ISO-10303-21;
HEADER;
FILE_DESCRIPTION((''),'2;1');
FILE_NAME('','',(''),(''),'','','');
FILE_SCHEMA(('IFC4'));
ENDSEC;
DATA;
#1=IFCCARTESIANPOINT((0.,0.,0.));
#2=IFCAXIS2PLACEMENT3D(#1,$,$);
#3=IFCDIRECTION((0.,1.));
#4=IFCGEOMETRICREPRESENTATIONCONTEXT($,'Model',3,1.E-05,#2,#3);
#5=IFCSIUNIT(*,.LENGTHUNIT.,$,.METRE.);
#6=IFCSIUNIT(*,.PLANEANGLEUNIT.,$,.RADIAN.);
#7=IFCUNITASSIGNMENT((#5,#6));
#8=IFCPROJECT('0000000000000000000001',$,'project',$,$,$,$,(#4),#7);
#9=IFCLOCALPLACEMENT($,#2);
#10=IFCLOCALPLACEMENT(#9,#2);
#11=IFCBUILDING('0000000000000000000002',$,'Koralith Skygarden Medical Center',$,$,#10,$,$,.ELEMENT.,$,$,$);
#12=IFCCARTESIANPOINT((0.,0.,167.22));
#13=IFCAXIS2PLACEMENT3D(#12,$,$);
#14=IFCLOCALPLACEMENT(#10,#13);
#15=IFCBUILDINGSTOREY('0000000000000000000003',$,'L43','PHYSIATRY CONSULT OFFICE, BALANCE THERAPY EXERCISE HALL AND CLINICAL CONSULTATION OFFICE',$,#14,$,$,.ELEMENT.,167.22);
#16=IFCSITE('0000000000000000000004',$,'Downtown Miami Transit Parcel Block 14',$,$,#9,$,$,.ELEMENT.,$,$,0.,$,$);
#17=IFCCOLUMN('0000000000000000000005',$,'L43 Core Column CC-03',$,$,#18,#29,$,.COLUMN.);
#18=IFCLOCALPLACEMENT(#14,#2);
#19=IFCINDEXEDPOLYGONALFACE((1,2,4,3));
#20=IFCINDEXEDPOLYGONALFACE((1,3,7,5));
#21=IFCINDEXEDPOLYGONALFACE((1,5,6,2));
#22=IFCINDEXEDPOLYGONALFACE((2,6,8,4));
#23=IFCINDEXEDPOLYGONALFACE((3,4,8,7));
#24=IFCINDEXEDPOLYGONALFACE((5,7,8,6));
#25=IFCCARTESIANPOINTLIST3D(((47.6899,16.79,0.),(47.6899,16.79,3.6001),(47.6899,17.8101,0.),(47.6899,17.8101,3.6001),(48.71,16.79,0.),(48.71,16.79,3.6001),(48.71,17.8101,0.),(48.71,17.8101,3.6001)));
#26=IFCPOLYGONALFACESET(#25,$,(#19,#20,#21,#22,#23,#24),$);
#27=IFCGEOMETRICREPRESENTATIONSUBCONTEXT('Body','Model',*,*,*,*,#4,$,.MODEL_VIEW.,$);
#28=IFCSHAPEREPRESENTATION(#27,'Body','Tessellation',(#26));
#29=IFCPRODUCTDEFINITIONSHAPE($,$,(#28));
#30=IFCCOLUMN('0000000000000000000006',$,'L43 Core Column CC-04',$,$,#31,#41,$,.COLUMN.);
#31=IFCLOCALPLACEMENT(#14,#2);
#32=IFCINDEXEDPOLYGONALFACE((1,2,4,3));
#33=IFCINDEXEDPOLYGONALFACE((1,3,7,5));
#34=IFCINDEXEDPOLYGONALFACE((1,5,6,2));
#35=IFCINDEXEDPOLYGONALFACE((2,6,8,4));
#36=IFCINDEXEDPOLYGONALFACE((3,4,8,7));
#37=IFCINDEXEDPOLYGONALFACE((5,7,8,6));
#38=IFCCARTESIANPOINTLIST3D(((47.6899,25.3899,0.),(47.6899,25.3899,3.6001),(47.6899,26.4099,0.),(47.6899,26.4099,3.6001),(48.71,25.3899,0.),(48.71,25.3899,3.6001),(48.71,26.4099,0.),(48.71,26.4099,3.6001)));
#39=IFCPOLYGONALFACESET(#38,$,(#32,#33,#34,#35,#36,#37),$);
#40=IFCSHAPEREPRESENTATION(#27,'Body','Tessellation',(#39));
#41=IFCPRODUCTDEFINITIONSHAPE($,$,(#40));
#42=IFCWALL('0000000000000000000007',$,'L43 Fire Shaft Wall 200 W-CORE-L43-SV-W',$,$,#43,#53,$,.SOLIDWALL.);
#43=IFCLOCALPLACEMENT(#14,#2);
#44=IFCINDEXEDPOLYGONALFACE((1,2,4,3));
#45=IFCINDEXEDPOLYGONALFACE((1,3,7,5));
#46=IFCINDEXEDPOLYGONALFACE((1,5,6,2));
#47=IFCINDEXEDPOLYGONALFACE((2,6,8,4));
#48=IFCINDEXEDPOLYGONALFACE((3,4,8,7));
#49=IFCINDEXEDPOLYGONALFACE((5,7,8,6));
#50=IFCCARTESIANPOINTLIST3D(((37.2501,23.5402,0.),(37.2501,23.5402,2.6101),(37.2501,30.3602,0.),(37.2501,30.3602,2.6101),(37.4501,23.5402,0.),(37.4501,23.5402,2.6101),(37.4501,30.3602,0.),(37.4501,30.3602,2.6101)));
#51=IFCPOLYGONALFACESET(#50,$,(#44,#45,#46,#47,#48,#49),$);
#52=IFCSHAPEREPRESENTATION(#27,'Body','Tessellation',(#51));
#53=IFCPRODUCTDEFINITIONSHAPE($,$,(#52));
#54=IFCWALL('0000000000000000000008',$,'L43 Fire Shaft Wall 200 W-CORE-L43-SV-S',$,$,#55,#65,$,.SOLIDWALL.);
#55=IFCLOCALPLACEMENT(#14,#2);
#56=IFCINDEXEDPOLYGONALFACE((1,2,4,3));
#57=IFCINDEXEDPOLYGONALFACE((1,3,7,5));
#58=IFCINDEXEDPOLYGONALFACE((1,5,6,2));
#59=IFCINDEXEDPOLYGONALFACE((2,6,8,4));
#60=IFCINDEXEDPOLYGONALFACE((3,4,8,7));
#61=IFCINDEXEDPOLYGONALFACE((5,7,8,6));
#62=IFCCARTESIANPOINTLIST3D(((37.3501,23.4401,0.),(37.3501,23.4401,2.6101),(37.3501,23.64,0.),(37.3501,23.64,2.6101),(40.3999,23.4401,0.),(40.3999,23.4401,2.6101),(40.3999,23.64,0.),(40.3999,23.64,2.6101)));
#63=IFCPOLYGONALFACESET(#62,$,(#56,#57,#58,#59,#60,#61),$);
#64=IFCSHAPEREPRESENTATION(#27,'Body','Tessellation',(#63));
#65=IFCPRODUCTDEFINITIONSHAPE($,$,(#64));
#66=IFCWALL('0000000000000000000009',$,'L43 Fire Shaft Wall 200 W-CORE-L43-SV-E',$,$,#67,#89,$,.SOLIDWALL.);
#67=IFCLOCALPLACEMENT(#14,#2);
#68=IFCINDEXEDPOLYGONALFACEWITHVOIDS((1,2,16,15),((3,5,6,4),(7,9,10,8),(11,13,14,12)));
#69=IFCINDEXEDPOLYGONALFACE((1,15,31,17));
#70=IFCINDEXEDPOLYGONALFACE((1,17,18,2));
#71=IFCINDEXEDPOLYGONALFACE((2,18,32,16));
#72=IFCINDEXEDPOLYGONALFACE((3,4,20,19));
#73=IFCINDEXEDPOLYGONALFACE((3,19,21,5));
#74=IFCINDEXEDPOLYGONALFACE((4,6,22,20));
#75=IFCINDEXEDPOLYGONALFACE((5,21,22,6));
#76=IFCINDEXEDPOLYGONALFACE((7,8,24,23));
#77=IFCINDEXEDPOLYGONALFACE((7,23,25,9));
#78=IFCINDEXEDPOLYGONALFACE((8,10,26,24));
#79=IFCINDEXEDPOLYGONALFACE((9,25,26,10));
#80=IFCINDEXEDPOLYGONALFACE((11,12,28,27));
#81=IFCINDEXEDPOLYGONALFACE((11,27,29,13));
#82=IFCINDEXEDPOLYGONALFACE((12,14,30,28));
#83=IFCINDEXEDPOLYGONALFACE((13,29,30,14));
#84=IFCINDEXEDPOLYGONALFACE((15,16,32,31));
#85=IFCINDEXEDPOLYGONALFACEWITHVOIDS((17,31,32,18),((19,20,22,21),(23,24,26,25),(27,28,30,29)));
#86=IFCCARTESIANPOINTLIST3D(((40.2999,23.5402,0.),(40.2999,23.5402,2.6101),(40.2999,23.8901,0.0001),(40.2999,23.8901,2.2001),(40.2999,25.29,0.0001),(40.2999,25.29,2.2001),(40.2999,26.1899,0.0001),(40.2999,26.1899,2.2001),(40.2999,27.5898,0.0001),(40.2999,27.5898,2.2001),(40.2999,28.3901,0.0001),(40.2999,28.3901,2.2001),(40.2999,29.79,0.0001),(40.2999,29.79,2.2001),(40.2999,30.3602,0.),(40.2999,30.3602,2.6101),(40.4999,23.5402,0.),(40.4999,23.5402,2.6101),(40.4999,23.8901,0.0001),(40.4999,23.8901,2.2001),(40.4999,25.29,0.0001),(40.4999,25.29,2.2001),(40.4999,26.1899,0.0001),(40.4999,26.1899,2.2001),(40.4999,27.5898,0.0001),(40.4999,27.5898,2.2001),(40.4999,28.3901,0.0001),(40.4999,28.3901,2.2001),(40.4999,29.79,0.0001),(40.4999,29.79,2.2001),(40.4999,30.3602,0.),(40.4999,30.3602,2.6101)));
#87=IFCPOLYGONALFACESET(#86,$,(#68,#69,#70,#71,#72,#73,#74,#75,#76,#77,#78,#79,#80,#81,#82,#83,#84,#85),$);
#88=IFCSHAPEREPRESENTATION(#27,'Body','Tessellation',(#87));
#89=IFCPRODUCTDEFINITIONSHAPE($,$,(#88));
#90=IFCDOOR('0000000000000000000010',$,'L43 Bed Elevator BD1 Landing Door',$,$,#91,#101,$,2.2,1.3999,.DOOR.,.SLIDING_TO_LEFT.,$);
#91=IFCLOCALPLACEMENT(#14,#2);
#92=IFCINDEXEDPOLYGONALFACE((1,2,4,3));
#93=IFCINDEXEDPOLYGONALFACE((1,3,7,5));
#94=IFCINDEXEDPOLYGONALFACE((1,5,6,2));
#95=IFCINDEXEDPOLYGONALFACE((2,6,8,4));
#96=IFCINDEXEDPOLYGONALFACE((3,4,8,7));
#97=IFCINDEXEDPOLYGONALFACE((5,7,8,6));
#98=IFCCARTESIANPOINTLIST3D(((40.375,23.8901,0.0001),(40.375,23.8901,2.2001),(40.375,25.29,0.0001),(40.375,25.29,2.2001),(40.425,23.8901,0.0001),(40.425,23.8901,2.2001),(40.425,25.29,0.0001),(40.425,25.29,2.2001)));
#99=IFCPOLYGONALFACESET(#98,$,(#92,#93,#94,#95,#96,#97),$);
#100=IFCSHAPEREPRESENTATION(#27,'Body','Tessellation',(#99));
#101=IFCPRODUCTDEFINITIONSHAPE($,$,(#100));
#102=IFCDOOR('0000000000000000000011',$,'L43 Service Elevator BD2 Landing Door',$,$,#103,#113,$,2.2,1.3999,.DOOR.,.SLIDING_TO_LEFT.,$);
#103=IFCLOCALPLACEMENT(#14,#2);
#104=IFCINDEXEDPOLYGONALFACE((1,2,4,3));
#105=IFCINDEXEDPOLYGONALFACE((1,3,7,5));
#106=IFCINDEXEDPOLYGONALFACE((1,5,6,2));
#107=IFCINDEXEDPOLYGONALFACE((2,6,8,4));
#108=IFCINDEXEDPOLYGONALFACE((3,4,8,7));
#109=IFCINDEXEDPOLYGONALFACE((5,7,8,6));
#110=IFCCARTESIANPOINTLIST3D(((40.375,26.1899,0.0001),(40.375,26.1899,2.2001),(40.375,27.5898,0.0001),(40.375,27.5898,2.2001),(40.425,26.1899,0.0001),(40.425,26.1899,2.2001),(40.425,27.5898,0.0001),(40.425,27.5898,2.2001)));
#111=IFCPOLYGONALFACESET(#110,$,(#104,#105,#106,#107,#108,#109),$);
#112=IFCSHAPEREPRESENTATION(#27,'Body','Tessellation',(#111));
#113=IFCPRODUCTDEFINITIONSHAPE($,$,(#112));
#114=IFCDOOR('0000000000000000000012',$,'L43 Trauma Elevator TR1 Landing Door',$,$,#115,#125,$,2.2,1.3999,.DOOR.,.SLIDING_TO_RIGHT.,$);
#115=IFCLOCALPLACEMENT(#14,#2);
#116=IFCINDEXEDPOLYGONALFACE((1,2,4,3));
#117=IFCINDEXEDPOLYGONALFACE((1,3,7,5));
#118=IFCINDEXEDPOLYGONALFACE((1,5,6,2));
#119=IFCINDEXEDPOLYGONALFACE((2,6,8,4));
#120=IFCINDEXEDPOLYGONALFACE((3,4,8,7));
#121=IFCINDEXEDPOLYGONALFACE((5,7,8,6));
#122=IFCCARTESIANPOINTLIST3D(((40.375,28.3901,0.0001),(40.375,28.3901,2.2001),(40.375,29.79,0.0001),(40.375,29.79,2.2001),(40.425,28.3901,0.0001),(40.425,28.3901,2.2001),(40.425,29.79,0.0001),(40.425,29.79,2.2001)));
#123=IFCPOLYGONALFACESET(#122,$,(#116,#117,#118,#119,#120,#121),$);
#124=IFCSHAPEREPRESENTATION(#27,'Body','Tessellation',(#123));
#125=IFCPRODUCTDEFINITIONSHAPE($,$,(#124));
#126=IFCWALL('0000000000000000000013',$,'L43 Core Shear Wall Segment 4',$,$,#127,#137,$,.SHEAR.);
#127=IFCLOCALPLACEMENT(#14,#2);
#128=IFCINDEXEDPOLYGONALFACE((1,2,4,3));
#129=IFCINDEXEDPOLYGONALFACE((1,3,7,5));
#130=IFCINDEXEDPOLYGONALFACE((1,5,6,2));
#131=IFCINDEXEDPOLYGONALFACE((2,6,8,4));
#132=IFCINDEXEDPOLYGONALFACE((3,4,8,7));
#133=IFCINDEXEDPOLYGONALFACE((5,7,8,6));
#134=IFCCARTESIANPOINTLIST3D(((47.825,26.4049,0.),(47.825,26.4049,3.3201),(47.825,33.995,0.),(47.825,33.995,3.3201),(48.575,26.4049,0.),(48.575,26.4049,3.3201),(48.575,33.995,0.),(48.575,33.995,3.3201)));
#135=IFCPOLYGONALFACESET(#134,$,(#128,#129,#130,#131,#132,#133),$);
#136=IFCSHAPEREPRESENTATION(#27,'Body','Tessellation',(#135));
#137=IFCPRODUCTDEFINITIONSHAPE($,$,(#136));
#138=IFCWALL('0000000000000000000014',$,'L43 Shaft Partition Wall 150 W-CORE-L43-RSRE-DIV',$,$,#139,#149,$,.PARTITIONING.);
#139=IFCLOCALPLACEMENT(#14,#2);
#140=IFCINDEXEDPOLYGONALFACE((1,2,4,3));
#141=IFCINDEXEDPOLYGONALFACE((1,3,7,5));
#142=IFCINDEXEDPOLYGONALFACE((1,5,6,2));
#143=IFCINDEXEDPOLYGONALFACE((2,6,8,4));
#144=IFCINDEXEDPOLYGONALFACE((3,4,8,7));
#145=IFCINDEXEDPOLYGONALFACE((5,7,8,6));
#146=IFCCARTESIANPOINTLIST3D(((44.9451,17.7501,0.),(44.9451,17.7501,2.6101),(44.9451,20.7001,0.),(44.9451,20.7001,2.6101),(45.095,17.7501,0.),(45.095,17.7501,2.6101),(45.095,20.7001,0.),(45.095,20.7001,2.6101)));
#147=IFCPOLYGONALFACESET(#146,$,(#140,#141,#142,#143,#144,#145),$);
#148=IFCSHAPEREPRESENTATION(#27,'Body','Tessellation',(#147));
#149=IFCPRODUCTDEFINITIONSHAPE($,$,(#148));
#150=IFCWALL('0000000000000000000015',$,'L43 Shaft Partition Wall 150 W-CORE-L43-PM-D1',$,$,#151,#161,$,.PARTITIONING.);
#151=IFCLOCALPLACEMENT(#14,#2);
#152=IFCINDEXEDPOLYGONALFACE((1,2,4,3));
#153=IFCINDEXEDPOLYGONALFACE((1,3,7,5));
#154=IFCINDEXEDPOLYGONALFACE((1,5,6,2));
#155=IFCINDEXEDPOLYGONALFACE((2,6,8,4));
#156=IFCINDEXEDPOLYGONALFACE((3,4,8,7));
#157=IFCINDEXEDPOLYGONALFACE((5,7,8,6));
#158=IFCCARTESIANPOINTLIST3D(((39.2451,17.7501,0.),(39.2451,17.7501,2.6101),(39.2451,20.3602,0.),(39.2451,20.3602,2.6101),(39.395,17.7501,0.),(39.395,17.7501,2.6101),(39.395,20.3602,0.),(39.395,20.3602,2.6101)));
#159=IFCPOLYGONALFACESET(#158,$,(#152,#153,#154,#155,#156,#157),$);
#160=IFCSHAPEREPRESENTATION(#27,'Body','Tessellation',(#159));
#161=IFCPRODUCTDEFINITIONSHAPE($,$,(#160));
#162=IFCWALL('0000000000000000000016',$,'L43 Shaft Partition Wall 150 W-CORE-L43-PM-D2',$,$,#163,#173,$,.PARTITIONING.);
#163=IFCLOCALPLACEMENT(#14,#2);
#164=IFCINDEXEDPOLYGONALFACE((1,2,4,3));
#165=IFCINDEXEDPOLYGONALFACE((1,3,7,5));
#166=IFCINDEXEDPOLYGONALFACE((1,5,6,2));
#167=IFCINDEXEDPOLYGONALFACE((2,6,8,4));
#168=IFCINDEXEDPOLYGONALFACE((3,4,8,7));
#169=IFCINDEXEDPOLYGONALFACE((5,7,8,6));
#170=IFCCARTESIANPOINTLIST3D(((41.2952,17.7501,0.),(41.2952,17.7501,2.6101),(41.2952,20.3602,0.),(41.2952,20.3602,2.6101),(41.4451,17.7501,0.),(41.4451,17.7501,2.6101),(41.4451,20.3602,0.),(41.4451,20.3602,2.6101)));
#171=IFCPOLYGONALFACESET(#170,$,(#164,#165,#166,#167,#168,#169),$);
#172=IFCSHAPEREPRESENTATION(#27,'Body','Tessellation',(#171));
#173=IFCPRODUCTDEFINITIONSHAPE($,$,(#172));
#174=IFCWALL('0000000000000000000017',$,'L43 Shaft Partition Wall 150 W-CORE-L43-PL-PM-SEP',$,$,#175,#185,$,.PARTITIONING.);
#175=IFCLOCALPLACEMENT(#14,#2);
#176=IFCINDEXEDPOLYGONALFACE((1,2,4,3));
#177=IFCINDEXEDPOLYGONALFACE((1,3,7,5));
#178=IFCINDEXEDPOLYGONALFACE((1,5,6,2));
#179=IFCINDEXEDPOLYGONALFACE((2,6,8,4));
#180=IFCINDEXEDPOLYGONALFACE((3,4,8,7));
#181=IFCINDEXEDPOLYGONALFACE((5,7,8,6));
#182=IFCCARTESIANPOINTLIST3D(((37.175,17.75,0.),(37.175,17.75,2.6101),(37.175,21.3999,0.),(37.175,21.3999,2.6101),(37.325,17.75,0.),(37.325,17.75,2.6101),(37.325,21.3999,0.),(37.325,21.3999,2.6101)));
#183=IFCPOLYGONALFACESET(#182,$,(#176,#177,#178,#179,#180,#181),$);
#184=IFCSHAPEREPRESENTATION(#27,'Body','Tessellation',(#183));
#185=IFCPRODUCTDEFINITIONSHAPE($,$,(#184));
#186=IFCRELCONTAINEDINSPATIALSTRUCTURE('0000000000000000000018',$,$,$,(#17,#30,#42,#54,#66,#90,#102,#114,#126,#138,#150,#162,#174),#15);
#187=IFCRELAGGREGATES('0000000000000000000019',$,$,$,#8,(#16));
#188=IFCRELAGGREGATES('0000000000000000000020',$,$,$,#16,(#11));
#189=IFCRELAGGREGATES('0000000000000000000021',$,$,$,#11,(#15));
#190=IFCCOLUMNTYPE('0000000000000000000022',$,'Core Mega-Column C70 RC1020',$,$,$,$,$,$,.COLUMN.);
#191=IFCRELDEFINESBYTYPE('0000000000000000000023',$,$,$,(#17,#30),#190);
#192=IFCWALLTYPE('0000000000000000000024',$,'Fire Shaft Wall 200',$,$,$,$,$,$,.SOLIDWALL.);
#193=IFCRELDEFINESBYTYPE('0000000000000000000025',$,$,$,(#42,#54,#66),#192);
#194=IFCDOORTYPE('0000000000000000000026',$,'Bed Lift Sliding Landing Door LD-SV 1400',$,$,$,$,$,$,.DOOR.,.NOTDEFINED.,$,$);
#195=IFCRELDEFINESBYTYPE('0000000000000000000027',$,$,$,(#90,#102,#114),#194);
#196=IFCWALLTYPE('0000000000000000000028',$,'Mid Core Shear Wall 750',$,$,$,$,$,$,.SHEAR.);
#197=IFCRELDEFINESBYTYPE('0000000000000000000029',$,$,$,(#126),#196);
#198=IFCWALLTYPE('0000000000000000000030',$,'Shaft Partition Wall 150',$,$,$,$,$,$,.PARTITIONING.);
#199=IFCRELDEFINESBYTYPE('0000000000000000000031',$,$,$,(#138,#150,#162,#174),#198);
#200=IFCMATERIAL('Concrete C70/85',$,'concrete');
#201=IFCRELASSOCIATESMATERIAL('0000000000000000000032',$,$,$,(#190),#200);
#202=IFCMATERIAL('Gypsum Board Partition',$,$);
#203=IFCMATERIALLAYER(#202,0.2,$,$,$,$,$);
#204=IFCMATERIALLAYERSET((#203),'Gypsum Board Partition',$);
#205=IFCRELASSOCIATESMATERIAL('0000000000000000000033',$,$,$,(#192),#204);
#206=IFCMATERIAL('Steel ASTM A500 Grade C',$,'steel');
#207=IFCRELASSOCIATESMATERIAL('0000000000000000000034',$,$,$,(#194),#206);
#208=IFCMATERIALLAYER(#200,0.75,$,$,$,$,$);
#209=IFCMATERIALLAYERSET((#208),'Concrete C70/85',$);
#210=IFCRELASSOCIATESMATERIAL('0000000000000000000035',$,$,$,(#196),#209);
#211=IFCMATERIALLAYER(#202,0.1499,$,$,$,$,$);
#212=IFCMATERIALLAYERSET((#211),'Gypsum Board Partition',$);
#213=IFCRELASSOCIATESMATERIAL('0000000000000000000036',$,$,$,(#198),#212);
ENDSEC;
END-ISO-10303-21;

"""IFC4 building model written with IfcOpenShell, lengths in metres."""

from ifc_helpers import new_model, si_unit, direction, frame, frame_2d, origin, origin_2d, place, context, subcontext, project, spatial, rectangle, extrude, material, layer, layer_set, material_profile, profile_set, type_object, element, fill, save


model = new_model("IFC4")

# Units and contexts
model_context = context("Model", 3, precision=1e-05, world=origin(), true_north=direction((0.0, 1.0)))
body_context = subcontext(model_context, "Body", "Model", "MODEL_VIEW")
ifc_project = project(units=[si_unit("LENGTHUNIT", "METRE"), si_unit("PLANEANGLEUNIT", "RADIAN")], contexts=[model_context])

# Site, building, storey
site_placement = place(None, origin())
site = spatial("IfcSite", under=ifc_project, at=site_placement, Name="Downtown Miami Transit Parcel Block 14", CompositionType="ELEMENT", RefElevation=0.0)
building_placement = place(site_placement, origin())
building = spatial("IfcBuilding", under=site, at=building_placement, Name="Koralith Skygarden Medical Center", CompositionType="ELEMENT")
storey_placement = place(building_placement, frame((0.0, 0.0, 167.22)))
storey = spatial("IfcBuildingStorey", under=building, at=storey_placement, Name="L43", Description="PHYSIATRY CONSULT OFFICE, BALANCE THERAPY EXERCISE HALL AND CLINICAL CONSULTATION OFFICE", CompositionType="ELEMENT", Elevation=167.22)

# Columns
ifc_material_1 = material(Name="Concrete C70/85", Category="concrete")
ifc_material_profile = material_profile(ifc_material_1, rectangle(XDim=1.02, YDim=1.02, at=origin_2d()), Name="RC1020X1020")
ifc_profile_set = profile_set([ifc_material_profile], Name="Concrete C70/85")
column_type = type_object("IfcColumnType", Name="Core Mega-Column C70 RC1020", PredefinedType="COLUMN", material=ifc_profile_set)
for number, where, z_axis, x_axis, name in (
    (1, (48.2, 17.3, 0.0), (0.0, 0.0, 1.0), (1.0, 0.0, 0.0), "L43 Core Column CC-03"),
    (2, (48.2, 25.8999, 0.0), (0.0, 0.0, 1.0), (1.0, 0.0, 0.0), "L43 Core Column CC-04"),
):
    element("IfcColumn", number, at=place(storey_placement, frame(where, z_axis=z_axis, x_axis=x_axis)), inside=storey, type_object=column_type, Name=name, PredefinedType="COLUMN", context=body_context, shape_type="SweptSolid", body=[
        extrude(rectangle(XDim=1.02, YDim=1.02, at=origin_2d()), origin(), (0.0, 0.0, 1.0), 3.6001),
    ])

# Shared definitions
ifc_material_2 = material(Name="Gypsum Board Partition")
ifc_layer_1 = layer(ifc_material_2, 0.2)
ifc_layer_set_1 = layer_set([ifc_layer_1], Name="Gypsum Board Partition")
wall_type_1 = type_object("IfcWallType", Name="Fire Shaft Wall 200", PredefinedType="SOLIDWALL", material=ifc_layer_set_1)
ifc_material_3 = material(Name="Steel ASTM A500 Grade C", Category="steel")

# Walls
wall_1_placement = place(storey_placement, frame((37.3501, 23.54, 0.0), z_axis=(0.0, 0.0, 1.0), x_axis=(0.0, 1.0, 0.0)))
element("IfcWall", 3, at=wall_1_placement, inside=storey, type_object=wall_type_1, Name="L43 Fire Shaft Wall 200 W-CORE-L43-SV-W", PredefinedType="SOLIDWALL", context=body_context, shape_type="SweptSolid", body=[
    extrude(rectangle(XDim=6.8201, YDim=0.2, at=frame_2d((3.4102, 0.0))), origin(), (0.0, 0.0, 1.0), 2.6101),
])
wall_2_placement = place(storey_placement, frame((37.3501, 23.54, 0.0), z_axis=(0.0, 0.0, 1.0), x_axis=(1.0, 0.0, 0.0)))
element("IfcWall", 4, at=wall_2_placement, inside=storey, type_object=wall_type_1, Name="L43 Fire Shaft Wall 200 W-CORE-L43-SV-S", PredefinedType="SOLIDWALL", context=body_context, shape_type="SweptSolid", body=[
    extrude(rectangle(XDim=3.0498, YDim=0.2, at=frame_2d((1.5249, 0.0))), origin(), (0.0, 0.0, 1.0), 2.6101),
])

# Wall, openings, doors
wall_3_placement = place(storey_placement, frame((40.3999, 23.54, 0.0), z_axis=(0.0, 0.0, 1.0), x_axis=(0.0, 1.0, 0.0)))
wall_3 = element("IfcWall", 5, at=wall_3_placement, inside=storey, type_object=wall_type_1, Name="L43 Fire Shaft Wall 200 W-CORE-L43-SV-E", PredefinedType="SOLIDWALL", context=body_context, shape_type="SweptSolid", body=[
    extrude(rectangle(XDim=6.8201, YDim=0.2, at=frame_2d((3.4102, 0.0))), origin(), (0.0, 0.0, 1.0), 2.6101),
])
opening_1_placement = place(wall_3_placement, frame((0.3501, 0.0, 0.0)))
opening_1 = element("IfcOpeningElement", 6, at=opening_1_placement, cuts=wall_3, PredefinedType="OPENING", context=body_context, shape_type="SweptSolid", body=[
    extrude(rectangle(XDim=1.3999, YDim=2.2, at=frame_2d((0.7, 1.1001))), frame((0.0, 0.1099, 0.0), z_axis=(0.0, -1.0, 0.0), x_axis=(1.0, 0.0, 0.0)), (0.0, 0.0, 1.0), 0.22),
])
opening_2_placement = place(wall_3_placement, frame((2.6499, 0.0, 0.0)))
opening_2 = element("IfcOpeningElement", 7, at=opening_2_placement, cuts=wall_3, PredefinedType="OPENING", context=body_context, shape_type="SweptSolid", body=[
    extrude(rectangle(XDim=1.3999, YDim=2.2, at=frame_2d((0.7, 1.1001))), frame((0.0, 0.1099, 0.0), z_axis=(0.0, -1.0, 0.0), x_axis=(1.0, 0.0, 0.0)), (0.0, 0.0, 1.0), 0.22),
])
opening_3_placement = place(wall_3_placement, frame((4.8501, 0.0, 0.0)))
opening_3 = element("IfcOpeningElement", 8, at=opening_3_placement, cuts=wall_3, PredefinedType="OPENING", context=body_context, shape_type="SweptSolid", body=[
    extrude(rectangle(XDim=1.3999, YDim=2.2, at=frame_2d((0.7, 1.1001))), frame((0.0, 0.1099, 0.0), z_axis=(0.0, -1.0, 0.0), x_axis=(1.0, 0.0, 0.0)), (0.0, 0.0, 1.0), 0.22),
])
door_type_1 = type_object("IfcDoorType", Name="Bed Lift Sliding Landing Door LD-SV 1400", OperationType="NOTDEFINED", PredefinedType="DOOR", material=ifc_material_3)
door_1_placement = place(opening_1_placement, origin())
door_1 = element("IfcDoor", 9, at=door_1_placement, inside=storey, type_object=door_type_1, Name="L43 Bed Elevator BD1 Landing Door", OperationType="SLIDING_TO_LEFT", OverallHeight=2.2, OverallWidth=1.3999, PredefinedType="DOOR", context=body_context, shape_type="SweptSolid", body=[
    extrude(rectangle(XDim=1.3999, YDim=2.2, at=frame_2d((0.7, 1.1001))), frame((0.0, 0.0249, 0.0), z_axis=(0.0, -1.0, 0.0), x_axis=(1.0, 0.0, 0.0)), (0.0, 0.0, 1.0), 0.05),
])
fill(opening_1, door_1)
door_2_placement = place(opening_2_placement, origin())
door_2 = element("IfcDoor", 10, at=door_2_placement, inside=storey, type_object=door_type_1, Name="L43 Service Elevator BD2 Landing Door", OperationType="SLIDING_TO_LEFT", OverallHeight=2.2, OverallWidth=1.3999, PredefinedType="DOOR", context=body_context, shape_type="SweptSolid", body=[
    extrude(rectangle(XDim=1.3999, YDim=2.2, at=frame_2d((0.7, 1.1001))), frame((0.0, 0.0249, 0.0), z_axis=(0.0, -1.0, 0.0), x_axis=(1.0, 0.0, 0.0)), (0.0, 0.0, 1.0), 0.05),
])
fill(opening_2, door_2)
door_3_placement = place(opening_3_placement, origin())
door_3 = element("IfcDoor", 11, at=door_3_placement, inside=storey, type_object=door_type_1, Name="L43 Trauma Elevator TR1 Landing Door", OperationType="SLIDING_TO_RIGHT", OverallHeight=2.2, OverallWidth=1.3999, PredefinedType="DOOR", context=body_context, shape_type="SweptSolid", body=[
    extrude(rectangle(XDim=1.3999, YDim=2.2, at=frame_2d((0.7, 1.1001))), frame((0.0, 0.0249, 0.0), z_axis=(0.0, -1.0, 0.0), x_axis=(1.0, 0.0, 0.0)), (0.0, 0.0, 1.0), 0.05),
])
fill(opening_3, door_3)

# Shared definitions
ifc_layer_2 = layer(ifc_material_1, 0.75)
ifc_layer_set_2 = layer_set([ifc_layer_2], Name="Concrete C70/85")
wall_type_2 = type_object("IfcWallType", Name="Mid Core Shear Wall 750", PredefinedType="SHEAR", material=ifc_layer_set_2)

# Walls
wall_4_placement = place(storey_placement, frame((48.2, 26.405, 0.0), z_axis=(0.0, 0.0, 1.0), x_axis=(0.0, 1.0, 0.0)))
element("IfcWall", 12, at=wall_4_placement, inside=storey, type_object=wall_type_2, Name="L43 Core Shear Wall Segment 4", PredefinedType="SHEAR", context=body_context, shape_type="SweptSolid", body=[
    extrude(rectangle(XDim=7.5901, YDim=0.75, at=frame_2d((3.7949, 0.0))), origin(), (0.0, 0.0, 1.0), 3.3201),
])
ifc_layer_3 = layer(ifc_material_2, 0.1499)
ifc_layer_set_3 = layer_set([ifc_layer_3], Name="Gypsum Board Partition")
wall_type_3 = type_object("IfcWallType", Name="Shaft Partition Wall 150", PredefinedType="PARTITIONING", material=ifc_layer_set_3)
wall_5_placement = place(storey_placement, frame((45.02, 17.75, 0.0), z_axis=(0.0, 0.0, 1.0), x_axis=(0.0, 1.0, 0.0)))
element("IfcWall", 13, at=wall_5_placement, inside=storey, type_object=wall_type_3, Name="L43 Shaft Partition Wall 150 W-CORE-L43-RSRE-DIV", PredefinedType="PARTITIONING", context=body_context, shape_type="SweptSolid", body=[
    extrude(rectangle(XDim=2.95, YDim=0.1499, at=frame_2d((1.4751, 0.0))), origin(), (0.0, 0.0, 1.0), 2.6101),
])
for number, where, z_axis, x_axis, name in (
    (14, (39.3201, 17.75, 0.0), (0.0, 0.0, 1.0), (0.0, 1.0, 0.0), "L43 Shaft Partition Wall 150 W-CORE-L43-PM-D1"),
    (15, (41.3701, 17.75, 0.0), (0.0, 0.0, 1.0), (0.0, 1.0, 0.0), "L43 Shaft Partition Wall 150 W-CORE-L43-PM-D2"),
):
    element("IfcWall", number, at=place(storey_placement, frame(where, z_axis=z_axis, x_axis=x_axis)), inside=storey, type_object=wall_type_3, Name=name, PredefinedType="PARTITIONING", context=body_context, shape_type="SweptSolid", body=[
        extrude(rectangle(XDim=2.6101, YDim=0.1499, at=frame_2d((1.3052, 0.0))), origin(), (0.0, 0.0, 1.0), 2.6101),
    ])
wall_6_placement = place(storey_placement, frame((37.25, 17.75, 0.0), z_axis=(0.0, 0.0, 1.0), x_axis=(0.0, 1.0, 0.0)))
element("IfcWall", 16, at=wall_6_placement, inside=storey, type_object=wall_type_3, Name="L43 Shaft Partition Wall 150 W-CORE-L43-PL-PM-SEP", PredefinedType="PARTITIONING", context=body_context, shape_type="SweptSolid", body=[
    extrude(rectangle(XDim=3.6499, YDim=0.1499, at=frame_2d((1.825, 0.0))), origin(), (0.0, 0.0, 1.0), 2.6101),
])

save(model, "model.ifc")
